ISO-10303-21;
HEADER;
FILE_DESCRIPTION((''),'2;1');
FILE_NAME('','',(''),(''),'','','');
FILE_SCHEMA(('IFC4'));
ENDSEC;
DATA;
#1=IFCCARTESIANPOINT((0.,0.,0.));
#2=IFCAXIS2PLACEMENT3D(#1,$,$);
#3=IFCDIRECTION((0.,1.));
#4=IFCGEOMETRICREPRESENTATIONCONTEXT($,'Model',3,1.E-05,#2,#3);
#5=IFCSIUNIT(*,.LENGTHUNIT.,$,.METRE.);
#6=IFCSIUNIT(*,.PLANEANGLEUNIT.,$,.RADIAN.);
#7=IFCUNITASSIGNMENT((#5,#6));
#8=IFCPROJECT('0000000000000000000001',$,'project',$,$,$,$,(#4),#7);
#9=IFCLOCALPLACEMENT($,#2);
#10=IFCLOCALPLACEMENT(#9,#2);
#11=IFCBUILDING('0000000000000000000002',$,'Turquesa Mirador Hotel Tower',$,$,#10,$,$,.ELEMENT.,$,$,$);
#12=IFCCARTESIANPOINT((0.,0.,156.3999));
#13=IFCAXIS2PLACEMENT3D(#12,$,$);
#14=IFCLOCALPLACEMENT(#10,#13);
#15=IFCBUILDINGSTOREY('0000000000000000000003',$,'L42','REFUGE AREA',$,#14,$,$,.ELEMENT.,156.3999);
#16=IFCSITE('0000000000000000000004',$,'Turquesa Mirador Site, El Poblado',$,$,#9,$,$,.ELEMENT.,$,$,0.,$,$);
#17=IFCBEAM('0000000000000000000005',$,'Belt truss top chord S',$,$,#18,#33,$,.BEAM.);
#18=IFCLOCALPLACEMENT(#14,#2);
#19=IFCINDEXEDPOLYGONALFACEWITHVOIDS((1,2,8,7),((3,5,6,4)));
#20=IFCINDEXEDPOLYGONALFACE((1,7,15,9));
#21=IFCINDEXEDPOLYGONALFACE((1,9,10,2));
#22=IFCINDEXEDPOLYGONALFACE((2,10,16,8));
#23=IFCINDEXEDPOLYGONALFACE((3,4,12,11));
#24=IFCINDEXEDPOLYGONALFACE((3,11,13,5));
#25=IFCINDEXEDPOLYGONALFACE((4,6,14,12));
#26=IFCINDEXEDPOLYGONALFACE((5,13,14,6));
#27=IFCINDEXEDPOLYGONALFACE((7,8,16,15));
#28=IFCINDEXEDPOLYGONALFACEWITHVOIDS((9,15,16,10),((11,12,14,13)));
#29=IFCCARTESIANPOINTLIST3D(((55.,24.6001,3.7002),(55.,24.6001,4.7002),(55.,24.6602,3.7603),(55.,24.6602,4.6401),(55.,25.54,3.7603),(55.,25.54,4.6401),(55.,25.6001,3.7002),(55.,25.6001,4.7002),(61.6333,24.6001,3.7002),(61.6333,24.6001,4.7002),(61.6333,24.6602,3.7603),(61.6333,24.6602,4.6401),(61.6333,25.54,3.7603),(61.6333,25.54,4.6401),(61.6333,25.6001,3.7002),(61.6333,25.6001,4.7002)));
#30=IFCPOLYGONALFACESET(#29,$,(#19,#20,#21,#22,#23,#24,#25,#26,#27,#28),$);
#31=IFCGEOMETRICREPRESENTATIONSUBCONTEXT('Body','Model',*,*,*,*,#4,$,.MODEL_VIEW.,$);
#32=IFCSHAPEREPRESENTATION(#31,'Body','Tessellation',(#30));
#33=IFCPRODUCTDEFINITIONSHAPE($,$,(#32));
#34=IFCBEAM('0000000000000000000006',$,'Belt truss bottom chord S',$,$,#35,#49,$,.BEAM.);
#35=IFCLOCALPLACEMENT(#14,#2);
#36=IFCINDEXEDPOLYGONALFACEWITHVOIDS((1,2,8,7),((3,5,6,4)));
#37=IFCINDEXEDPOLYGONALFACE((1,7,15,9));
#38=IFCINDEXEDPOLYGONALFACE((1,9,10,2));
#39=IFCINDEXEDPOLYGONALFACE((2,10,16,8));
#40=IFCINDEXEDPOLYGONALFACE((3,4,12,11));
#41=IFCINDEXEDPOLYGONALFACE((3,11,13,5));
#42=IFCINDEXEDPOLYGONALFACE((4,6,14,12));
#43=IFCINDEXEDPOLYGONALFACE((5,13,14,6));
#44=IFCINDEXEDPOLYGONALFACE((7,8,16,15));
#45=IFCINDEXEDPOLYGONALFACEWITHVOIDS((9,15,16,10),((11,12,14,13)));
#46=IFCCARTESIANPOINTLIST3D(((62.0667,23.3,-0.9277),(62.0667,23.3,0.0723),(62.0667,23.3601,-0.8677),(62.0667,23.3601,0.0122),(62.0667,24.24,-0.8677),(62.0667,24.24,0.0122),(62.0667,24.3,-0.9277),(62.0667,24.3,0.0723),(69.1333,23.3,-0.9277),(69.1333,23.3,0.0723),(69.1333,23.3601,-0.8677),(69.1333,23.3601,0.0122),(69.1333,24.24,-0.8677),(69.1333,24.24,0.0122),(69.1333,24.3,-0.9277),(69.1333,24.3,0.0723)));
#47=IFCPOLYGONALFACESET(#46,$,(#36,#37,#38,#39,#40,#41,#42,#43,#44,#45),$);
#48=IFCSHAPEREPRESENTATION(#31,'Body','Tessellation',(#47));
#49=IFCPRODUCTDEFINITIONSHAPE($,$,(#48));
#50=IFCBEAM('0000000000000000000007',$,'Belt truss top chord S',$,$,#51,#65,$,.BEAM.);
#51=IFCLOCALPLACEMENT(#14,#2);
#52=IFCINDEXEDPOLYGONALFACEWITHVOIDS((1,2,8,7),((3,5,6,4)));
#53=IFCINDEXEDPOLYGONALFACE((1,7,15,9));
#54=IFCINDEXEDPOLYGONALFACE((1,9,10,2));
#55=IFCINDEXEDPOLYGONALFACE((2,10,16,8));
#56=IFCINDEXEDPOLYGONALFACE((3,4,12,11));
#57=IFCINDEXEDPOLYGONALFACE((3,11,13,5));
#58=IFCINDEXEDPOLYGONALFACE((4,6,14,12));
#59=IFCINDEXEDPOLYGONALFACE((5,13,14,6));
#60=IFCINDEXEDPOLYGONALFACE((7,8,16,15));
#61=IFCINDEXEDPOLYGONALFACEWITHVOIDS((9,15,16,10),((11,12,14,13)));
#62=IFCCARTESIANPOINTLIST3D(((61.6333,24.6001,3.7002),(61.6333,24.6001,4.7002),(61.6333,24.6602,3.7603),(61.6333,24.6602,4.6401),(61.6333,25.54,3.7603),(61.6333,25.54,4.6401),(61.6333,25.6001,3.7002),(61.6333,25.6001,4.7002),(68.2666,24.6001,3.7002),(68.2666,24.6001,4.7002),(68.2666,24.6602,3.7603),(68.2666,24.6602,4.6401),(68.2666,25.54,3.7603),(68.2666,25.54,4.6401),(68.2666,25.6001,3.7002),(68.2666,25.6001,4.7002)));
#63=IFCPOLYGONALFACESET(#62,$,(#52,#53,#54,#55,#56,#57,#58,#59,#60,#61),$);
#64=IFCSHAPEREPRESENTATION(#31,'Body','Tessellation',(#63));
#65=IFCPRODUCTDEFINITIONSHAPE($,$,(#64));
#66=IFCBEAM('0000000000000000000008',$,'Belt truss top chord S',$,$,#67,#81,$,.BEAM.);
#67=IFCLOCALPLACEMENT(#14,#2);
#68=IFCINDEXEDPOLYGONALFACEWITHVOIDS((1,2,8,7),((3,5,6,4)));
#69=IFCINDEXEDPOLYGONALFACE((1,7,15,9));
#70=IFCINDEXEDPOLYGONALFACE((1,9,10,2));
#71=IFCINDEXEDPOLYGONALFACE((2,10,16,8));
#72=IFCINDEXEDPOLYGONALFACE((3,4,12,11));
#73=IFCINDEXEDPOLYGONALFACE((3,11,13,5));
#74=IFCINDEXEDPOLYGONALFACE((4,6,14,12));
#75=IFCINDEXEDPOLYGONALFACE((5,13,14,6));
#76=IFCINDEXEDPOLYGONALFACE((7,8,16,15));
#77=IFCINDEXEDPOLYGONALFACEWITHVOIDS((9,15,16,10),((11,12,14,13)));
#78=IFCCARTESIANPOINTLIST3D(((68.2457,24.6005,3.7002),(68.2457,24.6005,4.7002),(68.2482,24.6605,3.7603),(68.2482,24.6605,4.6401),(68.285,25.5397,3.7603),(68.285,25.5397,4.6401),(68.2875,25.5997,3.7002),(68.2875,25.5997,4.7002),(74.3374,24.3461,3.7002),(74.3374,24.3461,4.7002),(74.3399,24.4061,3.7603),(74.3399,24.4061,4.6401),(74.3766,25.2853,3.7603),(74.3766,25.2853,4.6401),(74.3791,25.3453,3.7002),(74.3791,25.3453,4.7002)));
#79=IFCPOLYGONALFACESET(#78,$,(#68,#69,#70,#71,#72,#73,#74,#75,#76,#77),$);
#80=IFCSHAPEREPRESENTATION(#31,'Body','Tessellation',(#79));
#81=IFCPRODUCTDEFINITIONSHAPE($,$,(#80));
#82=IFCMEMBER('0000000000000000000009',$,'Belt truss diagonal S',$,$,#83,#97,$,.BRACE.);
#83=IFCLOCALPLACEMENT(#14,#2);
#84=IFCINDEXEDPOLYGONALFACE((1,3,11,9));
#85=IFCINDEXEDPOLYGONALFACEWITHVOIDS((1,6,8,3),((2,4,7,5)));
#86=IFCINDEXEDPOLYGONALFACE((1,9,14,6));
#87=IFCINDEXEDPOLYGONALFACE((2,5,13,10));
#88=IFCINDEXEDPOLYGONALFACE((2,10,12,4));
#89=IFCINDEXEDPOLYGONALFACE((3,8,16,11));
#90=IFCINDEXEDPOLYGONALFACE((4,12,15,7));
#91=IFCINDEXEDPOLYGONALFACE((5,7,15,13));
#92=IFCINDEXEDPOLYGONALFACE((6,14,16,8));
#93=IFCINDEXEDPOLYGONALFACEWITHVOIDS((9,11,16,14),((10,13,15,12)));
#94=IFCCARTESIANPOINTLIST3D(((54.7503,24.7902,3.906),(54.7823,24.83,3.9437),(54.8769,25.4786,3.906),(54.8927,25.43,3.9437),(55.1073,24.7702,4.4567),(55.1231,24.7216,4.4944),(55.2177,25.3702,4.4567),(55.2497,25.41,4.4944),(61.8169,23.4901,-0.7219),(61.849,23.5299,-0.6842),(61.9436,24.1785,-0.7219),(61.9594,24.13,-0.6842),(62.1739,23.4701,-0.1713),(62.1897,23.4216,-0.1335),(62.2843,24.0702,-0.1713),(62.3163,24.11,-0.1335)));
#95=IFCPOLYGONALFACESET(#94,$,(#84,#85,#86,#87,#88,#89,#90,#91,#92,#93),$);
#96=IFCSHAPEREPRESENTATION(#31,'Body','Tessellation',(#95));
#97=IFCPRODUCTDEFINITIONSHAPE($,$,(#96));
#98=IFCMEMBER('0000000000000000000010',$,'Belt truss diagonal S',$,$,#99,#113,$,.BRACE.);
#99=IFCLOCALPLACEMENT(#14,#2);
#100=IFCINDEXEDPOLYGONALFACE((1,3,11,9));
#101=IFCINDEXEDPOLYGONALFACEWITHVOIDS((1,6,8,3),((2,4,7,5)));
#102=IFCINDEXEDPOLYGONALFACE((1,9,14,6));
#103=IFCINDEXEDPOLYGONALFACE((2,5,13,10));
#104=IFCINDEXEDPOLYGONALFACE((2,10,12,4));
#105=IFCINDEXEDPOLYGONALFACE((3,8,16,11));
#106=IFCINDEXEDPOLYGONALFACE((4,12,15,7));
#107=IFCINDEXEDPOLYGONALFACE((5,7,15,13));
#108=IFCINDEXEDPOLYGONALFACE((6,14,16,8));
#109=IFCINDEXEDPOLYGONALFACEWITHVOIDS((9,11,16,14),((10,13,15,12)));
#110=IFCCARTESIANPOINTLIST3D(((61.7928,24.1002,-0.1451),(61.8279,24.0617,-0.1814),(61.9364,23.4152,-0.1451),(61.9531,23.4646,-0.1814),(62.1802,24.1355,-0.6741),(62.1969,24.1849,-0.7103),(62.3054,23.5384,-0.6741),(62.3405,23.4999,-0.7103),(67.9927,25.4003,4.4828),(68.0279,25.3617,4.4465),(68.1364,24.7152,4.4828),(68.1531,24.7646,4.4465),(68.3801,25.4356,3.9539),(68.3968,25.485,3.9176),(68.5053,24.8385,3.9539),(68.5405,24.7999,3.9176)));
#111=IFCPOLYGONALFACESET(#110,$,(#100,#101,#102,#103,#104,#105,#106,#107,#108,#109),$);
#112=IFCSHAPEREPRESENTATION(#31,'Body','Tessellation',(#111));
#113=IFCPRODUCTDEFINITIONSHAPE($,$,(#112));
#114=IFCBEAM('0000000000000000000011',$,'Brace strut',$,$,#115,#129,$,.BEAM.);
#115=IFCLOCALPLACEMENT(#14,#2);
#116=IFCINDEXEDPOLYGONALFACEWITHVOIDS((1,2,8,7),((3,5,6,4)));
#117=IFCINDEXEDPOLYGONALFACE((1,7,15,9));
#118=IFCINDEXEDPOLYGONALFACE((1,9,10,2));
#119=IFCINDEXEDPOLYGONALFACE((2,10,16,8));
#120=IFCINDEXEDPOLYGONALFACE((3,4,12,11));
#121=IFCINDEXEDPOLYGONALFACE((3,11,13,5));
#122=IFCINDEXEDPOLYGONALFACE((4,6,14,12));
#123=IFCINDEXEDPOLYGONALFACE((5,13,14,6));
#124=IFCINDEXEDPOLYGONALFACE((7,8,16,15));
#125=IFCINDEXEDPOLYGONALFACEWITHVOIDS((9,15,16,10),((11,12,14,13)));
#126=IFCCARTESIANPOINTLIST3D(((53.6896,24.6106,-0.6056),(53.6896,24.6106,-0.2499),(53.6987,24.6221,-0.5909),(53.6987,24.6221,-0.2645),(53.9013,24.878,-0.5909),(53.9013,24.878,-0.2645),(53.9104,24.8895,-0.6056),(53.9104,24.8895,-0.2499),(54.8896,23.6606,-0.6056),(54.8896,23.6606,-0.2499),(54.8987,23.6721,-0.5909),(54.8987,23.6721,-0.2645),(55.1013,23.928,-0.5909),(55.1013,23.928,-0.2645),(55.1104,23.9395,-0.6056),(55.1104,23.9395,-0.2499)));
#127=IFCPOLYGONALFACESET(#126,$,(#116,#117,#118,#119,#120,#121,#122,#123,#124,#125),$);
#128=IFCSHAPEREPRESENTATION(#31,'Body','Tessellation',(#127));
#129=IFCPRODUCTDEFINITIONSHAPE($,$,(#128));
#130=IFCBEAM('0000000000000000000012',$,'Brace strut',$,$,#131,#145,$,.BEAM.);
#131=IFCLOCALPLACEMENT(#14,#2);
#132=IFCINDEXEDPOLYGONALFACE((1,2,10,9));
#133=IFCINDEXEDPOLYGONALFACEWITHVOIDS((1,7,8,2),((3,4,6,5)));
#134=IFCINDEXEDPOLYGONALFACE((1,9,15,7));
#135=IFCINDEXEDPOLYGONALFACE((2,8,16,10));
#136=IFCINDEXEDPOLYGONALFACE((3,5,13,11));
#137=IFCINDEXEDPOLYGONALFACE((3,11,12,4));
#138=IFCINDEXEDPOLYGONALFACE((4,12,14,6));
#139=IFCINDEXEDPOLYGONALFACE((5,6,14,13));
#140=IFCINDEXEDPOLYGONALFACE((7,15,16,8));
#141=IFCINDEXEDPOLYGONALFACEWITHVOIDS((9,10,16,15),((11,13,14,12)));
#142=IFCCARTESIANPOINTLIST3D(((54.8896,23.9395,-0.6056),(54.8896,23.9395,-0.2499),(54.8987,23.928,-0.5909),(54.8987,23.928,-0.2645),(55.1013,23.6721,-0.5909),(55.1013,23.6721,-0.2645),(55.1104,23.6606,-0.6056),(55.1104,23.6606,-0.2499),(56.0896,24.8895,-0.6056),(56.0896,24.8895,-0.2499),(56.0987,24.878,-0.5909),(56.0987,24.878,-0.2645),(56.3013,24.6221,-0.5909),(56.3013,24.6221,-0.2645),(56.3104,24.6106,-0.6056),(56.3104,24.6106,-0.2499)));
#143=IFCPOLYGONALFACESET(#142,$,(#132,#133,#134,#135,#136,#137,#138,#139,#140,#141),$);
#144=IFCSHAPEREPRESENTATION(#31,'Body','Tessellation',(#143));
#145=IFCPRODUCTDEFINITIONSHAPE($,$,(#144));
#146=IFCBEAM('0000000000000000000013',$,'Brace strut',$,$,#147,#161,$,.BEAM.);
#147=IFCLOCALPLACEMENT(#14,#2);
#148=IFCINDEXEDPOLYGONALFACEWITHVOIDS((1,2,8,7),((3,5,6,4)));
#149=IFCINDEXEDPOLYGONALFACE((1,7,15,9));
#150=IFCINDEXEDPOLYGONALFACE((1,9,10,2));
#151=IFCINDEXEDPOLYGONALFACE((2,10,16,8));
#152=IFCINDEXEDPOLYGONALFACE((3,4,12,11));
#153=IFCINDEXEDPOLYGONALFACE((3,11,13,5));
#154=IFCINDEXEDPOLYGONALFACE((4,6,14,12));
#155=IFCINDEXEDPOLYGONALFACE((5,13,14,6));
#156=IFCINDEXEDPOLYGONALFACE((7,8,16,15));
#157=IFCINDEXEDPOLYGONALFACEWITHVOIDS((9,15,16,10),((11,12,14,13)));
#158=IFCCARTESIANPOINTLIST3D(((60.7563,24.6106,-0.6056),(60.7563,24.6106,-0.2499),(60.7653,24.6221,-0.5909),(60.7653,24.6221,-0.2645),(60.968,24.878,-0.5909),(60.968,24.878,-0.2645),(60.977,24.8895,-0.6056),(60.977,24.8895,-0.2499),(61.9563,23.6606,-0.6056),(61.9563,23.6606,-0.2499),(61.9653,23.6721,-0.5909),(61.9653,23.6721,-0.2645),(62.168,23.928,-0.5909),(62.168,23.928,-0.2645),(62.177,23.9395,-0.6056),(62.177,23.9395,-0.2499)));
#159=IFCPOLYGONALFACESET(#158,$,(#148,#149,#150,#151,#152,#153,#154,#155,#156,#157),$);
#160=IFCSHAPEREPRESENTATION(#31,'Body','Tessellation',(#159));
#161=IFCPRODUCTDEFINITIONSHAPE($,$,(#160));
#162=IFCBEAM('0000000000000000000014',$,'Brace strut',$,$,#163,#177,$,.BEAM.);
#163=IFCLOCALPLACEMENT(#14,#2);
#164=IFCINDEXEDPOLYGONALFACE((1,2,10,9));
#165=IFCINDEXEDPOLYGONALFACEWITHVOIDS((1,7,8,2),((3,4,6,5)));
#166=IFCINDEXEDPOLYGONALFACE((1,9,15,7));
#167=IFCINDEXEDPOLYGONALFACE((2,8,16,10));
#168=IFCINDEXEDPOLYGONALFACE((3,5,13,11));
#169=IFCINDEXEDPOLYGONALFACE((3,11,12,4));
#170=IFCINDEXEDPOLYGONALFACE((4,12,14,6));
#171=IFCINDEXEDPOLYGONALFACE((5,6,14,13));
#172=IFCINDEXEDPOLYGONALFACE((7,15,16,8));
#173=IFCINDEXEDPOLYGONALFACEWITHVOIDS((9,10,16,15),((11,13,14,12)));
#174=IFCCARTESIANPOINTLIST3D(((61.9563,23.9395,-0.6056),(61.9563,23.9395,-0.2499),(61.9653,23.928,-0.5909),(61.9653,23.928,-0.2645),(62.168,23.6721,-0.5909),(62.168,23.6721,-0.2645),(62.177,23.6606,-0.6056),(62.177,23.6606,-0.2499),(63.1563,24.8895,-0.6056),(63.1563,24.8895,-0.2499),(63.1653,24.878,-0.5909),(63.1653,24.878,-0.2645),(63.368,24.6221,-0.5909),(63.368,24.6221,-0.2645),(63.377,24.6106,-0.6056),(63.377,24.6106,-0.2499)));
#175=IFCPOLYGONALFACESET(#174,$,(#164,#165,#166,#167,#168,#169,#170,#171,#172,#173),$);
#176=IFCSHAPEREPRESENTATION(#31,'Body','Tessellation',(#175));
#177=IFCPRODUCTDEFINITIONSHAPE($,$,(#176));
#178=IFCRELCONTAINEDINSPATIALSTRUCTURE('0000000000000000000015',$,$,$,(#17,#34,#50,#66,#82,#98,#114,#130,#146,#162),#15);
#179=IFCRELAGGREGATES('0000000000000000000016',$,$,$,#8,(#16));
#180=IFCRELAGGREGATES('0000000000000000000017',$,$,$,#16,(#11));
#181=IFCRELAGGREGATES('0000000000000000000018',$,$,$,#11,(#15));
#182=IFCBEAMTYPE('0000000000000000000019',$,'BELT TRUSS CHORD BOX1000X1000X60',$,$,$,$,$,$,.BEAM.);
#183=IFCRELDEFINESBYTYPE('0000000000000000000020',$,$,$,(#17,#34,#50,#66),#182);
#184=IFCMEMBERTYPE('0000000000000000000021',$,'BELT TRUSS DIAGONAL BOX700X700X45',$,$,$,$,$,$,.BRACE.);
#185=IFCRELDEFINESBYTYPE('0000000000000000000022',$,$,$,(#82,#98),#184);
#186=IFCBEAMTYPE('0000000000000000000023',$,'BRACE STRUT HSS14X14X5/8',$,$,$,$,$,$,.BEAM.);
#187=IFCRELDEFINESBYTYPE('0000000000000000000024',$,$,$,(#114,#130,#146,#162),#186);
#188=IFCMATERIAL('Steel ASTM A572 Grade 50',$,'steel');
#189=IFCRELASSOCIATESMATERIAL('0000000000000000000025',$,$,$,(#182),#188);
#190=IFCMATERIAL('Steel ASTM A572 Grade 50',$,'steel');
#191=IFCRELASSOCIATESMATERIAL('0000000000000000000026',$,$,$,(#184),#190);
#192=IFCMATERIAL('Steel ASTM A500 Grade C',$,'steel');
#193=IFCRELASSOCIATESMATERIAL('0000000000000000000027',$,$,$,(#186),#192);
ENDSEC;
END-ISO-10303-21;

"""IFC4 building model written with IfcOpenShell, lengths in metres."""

from ifc_helpers import new_model, si_unit, direction, frame, origin, origin_2d, place, context, subcontext, project, spatial, hollow_rectangle, extrude, material, material_profile, profile_set, type_object, element, save


model = new_model("IFC4")

# Units and contexts
model_context = context("Model", 3, precision=1e-05, world=origin(), true_north=direction((0.0, 1.0)))
body_context = subcontext(model_context, "Body", "Model", "MODEL_VIEW")
ifc_project = project(units=[si_unit("LENGTHUNIT", "METRE"), si_unit("PLANEANGLEUNIT", "RADIAN")], contexts=[model_context])

# Site, building, storey
site_placement = place(None, origin())
site = spatial("IfcSite", under=ifc_project, at=site_placement, Name="Turquesa Mirador Site, El Poblado", CompositionType="ELEMENT", RefElevation=0.0)
building_placement = place(site_placement, origin())
building = spatial("IfcBuilding", under=site, at=building_placement, Name="Turquesa Mirador Hotel Tower", CompositionType="ELEMENT")
storey_placement = place(building_placement, frame((0.0, 0.0, 156.3999)))
storey = spatial("IfcBuildingStorey", under=building, at=storey_placement, Name="L42", Description="REFUGE AREA", CompositionType="ELEMENT", Elevation=156.3999)

# Beams
ifc_material_1 = material(Name="Steel ASTM A572 Grade 50", Category="steel")
ifc_material_profile_1 = material_profile(ifc_material_1, hollow_rectangle(XDim=1.0, YDim=1.0, WallThickness=0.0601, at=origin_2d()), Name="BOX1000X1000X60")
ifc_profile_set_1 = profile_set([ifc_material_profile_1], Name="Steel ASTM A572 Grade 50")
beam_type_1 = type_object("IfcBeamType", Name="BELT TRUSS CHORD BOX1000X1000X60", PredefinedType="BEAM", material=ifc_profile_set_1)
beam_1_placement = place(storey_placement, frame((55.0, 25.1001, 4.2002), z_axis=(1.0, 0.0, 0.0), x_axis=(0.0, 1.0, 0.0)))
element("IfcBeam", 1, at=beam_1_placement, inside=storey, type_object=beam_type_1, Name="Belt truss top chord S", PredefinedType="BEAM", context=body_context, shape_type="SweptSolid", body=[
    extrude(hollow_rectangle(XDim=1.0, YDim=1.0, WallThickness=0.0601, at=origin_2d()), origin(), (0.0, 0.0, 1.0), 6.6333),
])
beam_2_placement = place(storey_placement, frame((62.0667, 23.8, -0.4277), z_axis=(1.0, 0.0, 0.0), x_axis=(0.0, 1.0, 0.0)))
element("IfcBeam", 2, at=beam_2_placement, inside=storey, type_object=beam_type_1, Name="Belt truss bottom chord S", PredefinedType="BEAM", context=body_context, shape_type="SweptSolid", body=[
    extrude(hollow_rectangle(XDim=1.0, YDim=1.0, WallThickness=0.0601, at=origin_2d()), origin(), (0.0, 0.0, 1.0), 7.0667),
])
beam_3_placement = place(storey_placement, frame((61.6333, 25.1001, 4.2002), z_axis=(1.0, 0.0, 0.0), x_axis=(0.0, 1.0, 0.0)))
element("IfcBeam", 3, at=beam_3_placement, inside=storey, type_object=beam_type_1, Name="Belt truss top chord S", PredefinedType="BEAM", context=body_context, shape_type="SweptSolid", body=[
    extrude(hollow_rectangle(XDim=1.0, YDim=1.0, WallThickness=0.0601, at=origin_2d()), origin(), (0.0, 0.0, 1.0), 6.6333),
])
beam_4_placement = place(storey_placement, frame((68.2666, 25.1001, 4.2002), z_axis=(0.999129, -0.041725, 0.0), x_axis=(0.041725, 0.999129, 0.0)))
element("IfcBeam", 4, at=beam_4_placement, inside=storey, type_object=beam_type_1, Name="Belt truss top chord S", PredefinedType="BEAM", context=body_context, shape_type="SweptSolid", body=[
    extrude(hollow_rectangle(XDim=1.0, YDim=1.0, WallThickness=0.0601, at=origin_2d()), origin(), (0.0, 0.0, 1.0), 6.0969),
])

# Members
ifc_material_2 = material(Name="Steel ASTM A572 Grade 50", Category="steel")
ifc_material_profile_2 = material_profile(ifc_material_2, hollow_rectangle(XDim=0.7, YDim=0.7, WallThickness=0.0449, at=origin_2d()), Name="BOX700X700X45")
ifc_profile_set_2 = profile_set([ifc_material_profile_2], Name="Steel ASTM A572 Grade 50")
member_type = type_object("IfcMemberType", Name="BELT TRUSS DIAGONAL BOX700X700X45", PredefinedType="BRACE", material=ifc_profile_set_2)
member_1_placement = place(storey_placement, frame((55.0, 25.1001, 4.2002), z_axis=(0.826832, -0.152112, -0.54149), x_axis=(0.180933, 0.983495, 0.0)))
element("IfcMember", 5, at=member_1_placement, inside=storey, type_object=member_type, Name="Belt truss diagonal S", PredefinedType="BRACE", context=body_context, shape_type="SweptSolid", body=[
    extrude(hollow_rectangle(XDim=0.7, YDim=0.7, WallThickness=0.0449, at=origin_2d()), origin(), (0.0, 0.0, 1.0), 8.5466),
])
member_2_placement = place(storey_placement, frame((62.0667, 23.8, -0.4277), z_axis=(0.790285, 0.165713, 0.589905), x_axis=(-0.205224, 0.978715, 0.0)))
element("IfcMember", 6, at=member_2_placement, inside=storey, type_object=member_type, Name="Belt truss diagonal S", PredefinedType="BRACE", context=body_context, shape_type="SweptSolid", body=[
    extrude(hollow_rectangle(XDim=0.7, YDim=0.7, WallThickness=0.0449, at=origin_2d()), origin(), (0.0, 0.0, 1.0), 7.8452),
])

# Beams
ifc_material_3 = material(Name="Steel ASTM A500 Grade C", Category="steel")
ifc_material_profile_3 = material_profile(ifc_material_3, hollow_rectangle(XDim=0.3557, YDim=0.3557, WallThickness=0.0146, at=origin_2d()), Name="HSS14X14X5/8")
ifc_profile_set_3 = profile_set([ifc_material_profile_3], Name="Steel ASTM A500 Grade C")
beam_type_2 = type_object("IfcBeamType", Name="BRACE STRUT HSS14X14X5/8", PredefinedType="BEAM", material=ifc_profile_set_3)
for number, where, z_axis, x_axis, name in (
    (7, (55.0, 23.8, -0.4277), (-0.784049, 0.620699, 0.0), (-0.620699, -0.784049, 0.0), "Brace strut"),
    (8, (55.0, 23.8, -0.4277), (0.784049, 0.620699, 0.0), (-0.620699, 0.784049, 0.0), "Brace strut"),
    (9, (62.0667, 23.8, -0.4277), (-0.784049, 0.620699, 0.0), (-0.620699, -0.784049, 0.0), "Brace strut"),
    (10, (62.0667, 23.8, -0.4277), (0.784049, 0.620699, 0.0), (-0.620699, 0.784049, 0.0), "Brace strut"),
):
    element("IfcBeam", number, at=place(storey_placement, frame(where, z_axis=z_axis, x_axis=x_axis)), inside=storey, type_object=beam_type_2, Name=name, PredefinedType="BEAM", context=body_context, shape_type="SweptSolid", body=[
        extrude(hollow_rectangle(XDim=0.3557, YDim=0.3557, WallThickness=0.0146, at=origin_2d()), origin(), (0.0, 0.0, 1.0), 1.5305),
    ])

save(model, "model.ifc")
